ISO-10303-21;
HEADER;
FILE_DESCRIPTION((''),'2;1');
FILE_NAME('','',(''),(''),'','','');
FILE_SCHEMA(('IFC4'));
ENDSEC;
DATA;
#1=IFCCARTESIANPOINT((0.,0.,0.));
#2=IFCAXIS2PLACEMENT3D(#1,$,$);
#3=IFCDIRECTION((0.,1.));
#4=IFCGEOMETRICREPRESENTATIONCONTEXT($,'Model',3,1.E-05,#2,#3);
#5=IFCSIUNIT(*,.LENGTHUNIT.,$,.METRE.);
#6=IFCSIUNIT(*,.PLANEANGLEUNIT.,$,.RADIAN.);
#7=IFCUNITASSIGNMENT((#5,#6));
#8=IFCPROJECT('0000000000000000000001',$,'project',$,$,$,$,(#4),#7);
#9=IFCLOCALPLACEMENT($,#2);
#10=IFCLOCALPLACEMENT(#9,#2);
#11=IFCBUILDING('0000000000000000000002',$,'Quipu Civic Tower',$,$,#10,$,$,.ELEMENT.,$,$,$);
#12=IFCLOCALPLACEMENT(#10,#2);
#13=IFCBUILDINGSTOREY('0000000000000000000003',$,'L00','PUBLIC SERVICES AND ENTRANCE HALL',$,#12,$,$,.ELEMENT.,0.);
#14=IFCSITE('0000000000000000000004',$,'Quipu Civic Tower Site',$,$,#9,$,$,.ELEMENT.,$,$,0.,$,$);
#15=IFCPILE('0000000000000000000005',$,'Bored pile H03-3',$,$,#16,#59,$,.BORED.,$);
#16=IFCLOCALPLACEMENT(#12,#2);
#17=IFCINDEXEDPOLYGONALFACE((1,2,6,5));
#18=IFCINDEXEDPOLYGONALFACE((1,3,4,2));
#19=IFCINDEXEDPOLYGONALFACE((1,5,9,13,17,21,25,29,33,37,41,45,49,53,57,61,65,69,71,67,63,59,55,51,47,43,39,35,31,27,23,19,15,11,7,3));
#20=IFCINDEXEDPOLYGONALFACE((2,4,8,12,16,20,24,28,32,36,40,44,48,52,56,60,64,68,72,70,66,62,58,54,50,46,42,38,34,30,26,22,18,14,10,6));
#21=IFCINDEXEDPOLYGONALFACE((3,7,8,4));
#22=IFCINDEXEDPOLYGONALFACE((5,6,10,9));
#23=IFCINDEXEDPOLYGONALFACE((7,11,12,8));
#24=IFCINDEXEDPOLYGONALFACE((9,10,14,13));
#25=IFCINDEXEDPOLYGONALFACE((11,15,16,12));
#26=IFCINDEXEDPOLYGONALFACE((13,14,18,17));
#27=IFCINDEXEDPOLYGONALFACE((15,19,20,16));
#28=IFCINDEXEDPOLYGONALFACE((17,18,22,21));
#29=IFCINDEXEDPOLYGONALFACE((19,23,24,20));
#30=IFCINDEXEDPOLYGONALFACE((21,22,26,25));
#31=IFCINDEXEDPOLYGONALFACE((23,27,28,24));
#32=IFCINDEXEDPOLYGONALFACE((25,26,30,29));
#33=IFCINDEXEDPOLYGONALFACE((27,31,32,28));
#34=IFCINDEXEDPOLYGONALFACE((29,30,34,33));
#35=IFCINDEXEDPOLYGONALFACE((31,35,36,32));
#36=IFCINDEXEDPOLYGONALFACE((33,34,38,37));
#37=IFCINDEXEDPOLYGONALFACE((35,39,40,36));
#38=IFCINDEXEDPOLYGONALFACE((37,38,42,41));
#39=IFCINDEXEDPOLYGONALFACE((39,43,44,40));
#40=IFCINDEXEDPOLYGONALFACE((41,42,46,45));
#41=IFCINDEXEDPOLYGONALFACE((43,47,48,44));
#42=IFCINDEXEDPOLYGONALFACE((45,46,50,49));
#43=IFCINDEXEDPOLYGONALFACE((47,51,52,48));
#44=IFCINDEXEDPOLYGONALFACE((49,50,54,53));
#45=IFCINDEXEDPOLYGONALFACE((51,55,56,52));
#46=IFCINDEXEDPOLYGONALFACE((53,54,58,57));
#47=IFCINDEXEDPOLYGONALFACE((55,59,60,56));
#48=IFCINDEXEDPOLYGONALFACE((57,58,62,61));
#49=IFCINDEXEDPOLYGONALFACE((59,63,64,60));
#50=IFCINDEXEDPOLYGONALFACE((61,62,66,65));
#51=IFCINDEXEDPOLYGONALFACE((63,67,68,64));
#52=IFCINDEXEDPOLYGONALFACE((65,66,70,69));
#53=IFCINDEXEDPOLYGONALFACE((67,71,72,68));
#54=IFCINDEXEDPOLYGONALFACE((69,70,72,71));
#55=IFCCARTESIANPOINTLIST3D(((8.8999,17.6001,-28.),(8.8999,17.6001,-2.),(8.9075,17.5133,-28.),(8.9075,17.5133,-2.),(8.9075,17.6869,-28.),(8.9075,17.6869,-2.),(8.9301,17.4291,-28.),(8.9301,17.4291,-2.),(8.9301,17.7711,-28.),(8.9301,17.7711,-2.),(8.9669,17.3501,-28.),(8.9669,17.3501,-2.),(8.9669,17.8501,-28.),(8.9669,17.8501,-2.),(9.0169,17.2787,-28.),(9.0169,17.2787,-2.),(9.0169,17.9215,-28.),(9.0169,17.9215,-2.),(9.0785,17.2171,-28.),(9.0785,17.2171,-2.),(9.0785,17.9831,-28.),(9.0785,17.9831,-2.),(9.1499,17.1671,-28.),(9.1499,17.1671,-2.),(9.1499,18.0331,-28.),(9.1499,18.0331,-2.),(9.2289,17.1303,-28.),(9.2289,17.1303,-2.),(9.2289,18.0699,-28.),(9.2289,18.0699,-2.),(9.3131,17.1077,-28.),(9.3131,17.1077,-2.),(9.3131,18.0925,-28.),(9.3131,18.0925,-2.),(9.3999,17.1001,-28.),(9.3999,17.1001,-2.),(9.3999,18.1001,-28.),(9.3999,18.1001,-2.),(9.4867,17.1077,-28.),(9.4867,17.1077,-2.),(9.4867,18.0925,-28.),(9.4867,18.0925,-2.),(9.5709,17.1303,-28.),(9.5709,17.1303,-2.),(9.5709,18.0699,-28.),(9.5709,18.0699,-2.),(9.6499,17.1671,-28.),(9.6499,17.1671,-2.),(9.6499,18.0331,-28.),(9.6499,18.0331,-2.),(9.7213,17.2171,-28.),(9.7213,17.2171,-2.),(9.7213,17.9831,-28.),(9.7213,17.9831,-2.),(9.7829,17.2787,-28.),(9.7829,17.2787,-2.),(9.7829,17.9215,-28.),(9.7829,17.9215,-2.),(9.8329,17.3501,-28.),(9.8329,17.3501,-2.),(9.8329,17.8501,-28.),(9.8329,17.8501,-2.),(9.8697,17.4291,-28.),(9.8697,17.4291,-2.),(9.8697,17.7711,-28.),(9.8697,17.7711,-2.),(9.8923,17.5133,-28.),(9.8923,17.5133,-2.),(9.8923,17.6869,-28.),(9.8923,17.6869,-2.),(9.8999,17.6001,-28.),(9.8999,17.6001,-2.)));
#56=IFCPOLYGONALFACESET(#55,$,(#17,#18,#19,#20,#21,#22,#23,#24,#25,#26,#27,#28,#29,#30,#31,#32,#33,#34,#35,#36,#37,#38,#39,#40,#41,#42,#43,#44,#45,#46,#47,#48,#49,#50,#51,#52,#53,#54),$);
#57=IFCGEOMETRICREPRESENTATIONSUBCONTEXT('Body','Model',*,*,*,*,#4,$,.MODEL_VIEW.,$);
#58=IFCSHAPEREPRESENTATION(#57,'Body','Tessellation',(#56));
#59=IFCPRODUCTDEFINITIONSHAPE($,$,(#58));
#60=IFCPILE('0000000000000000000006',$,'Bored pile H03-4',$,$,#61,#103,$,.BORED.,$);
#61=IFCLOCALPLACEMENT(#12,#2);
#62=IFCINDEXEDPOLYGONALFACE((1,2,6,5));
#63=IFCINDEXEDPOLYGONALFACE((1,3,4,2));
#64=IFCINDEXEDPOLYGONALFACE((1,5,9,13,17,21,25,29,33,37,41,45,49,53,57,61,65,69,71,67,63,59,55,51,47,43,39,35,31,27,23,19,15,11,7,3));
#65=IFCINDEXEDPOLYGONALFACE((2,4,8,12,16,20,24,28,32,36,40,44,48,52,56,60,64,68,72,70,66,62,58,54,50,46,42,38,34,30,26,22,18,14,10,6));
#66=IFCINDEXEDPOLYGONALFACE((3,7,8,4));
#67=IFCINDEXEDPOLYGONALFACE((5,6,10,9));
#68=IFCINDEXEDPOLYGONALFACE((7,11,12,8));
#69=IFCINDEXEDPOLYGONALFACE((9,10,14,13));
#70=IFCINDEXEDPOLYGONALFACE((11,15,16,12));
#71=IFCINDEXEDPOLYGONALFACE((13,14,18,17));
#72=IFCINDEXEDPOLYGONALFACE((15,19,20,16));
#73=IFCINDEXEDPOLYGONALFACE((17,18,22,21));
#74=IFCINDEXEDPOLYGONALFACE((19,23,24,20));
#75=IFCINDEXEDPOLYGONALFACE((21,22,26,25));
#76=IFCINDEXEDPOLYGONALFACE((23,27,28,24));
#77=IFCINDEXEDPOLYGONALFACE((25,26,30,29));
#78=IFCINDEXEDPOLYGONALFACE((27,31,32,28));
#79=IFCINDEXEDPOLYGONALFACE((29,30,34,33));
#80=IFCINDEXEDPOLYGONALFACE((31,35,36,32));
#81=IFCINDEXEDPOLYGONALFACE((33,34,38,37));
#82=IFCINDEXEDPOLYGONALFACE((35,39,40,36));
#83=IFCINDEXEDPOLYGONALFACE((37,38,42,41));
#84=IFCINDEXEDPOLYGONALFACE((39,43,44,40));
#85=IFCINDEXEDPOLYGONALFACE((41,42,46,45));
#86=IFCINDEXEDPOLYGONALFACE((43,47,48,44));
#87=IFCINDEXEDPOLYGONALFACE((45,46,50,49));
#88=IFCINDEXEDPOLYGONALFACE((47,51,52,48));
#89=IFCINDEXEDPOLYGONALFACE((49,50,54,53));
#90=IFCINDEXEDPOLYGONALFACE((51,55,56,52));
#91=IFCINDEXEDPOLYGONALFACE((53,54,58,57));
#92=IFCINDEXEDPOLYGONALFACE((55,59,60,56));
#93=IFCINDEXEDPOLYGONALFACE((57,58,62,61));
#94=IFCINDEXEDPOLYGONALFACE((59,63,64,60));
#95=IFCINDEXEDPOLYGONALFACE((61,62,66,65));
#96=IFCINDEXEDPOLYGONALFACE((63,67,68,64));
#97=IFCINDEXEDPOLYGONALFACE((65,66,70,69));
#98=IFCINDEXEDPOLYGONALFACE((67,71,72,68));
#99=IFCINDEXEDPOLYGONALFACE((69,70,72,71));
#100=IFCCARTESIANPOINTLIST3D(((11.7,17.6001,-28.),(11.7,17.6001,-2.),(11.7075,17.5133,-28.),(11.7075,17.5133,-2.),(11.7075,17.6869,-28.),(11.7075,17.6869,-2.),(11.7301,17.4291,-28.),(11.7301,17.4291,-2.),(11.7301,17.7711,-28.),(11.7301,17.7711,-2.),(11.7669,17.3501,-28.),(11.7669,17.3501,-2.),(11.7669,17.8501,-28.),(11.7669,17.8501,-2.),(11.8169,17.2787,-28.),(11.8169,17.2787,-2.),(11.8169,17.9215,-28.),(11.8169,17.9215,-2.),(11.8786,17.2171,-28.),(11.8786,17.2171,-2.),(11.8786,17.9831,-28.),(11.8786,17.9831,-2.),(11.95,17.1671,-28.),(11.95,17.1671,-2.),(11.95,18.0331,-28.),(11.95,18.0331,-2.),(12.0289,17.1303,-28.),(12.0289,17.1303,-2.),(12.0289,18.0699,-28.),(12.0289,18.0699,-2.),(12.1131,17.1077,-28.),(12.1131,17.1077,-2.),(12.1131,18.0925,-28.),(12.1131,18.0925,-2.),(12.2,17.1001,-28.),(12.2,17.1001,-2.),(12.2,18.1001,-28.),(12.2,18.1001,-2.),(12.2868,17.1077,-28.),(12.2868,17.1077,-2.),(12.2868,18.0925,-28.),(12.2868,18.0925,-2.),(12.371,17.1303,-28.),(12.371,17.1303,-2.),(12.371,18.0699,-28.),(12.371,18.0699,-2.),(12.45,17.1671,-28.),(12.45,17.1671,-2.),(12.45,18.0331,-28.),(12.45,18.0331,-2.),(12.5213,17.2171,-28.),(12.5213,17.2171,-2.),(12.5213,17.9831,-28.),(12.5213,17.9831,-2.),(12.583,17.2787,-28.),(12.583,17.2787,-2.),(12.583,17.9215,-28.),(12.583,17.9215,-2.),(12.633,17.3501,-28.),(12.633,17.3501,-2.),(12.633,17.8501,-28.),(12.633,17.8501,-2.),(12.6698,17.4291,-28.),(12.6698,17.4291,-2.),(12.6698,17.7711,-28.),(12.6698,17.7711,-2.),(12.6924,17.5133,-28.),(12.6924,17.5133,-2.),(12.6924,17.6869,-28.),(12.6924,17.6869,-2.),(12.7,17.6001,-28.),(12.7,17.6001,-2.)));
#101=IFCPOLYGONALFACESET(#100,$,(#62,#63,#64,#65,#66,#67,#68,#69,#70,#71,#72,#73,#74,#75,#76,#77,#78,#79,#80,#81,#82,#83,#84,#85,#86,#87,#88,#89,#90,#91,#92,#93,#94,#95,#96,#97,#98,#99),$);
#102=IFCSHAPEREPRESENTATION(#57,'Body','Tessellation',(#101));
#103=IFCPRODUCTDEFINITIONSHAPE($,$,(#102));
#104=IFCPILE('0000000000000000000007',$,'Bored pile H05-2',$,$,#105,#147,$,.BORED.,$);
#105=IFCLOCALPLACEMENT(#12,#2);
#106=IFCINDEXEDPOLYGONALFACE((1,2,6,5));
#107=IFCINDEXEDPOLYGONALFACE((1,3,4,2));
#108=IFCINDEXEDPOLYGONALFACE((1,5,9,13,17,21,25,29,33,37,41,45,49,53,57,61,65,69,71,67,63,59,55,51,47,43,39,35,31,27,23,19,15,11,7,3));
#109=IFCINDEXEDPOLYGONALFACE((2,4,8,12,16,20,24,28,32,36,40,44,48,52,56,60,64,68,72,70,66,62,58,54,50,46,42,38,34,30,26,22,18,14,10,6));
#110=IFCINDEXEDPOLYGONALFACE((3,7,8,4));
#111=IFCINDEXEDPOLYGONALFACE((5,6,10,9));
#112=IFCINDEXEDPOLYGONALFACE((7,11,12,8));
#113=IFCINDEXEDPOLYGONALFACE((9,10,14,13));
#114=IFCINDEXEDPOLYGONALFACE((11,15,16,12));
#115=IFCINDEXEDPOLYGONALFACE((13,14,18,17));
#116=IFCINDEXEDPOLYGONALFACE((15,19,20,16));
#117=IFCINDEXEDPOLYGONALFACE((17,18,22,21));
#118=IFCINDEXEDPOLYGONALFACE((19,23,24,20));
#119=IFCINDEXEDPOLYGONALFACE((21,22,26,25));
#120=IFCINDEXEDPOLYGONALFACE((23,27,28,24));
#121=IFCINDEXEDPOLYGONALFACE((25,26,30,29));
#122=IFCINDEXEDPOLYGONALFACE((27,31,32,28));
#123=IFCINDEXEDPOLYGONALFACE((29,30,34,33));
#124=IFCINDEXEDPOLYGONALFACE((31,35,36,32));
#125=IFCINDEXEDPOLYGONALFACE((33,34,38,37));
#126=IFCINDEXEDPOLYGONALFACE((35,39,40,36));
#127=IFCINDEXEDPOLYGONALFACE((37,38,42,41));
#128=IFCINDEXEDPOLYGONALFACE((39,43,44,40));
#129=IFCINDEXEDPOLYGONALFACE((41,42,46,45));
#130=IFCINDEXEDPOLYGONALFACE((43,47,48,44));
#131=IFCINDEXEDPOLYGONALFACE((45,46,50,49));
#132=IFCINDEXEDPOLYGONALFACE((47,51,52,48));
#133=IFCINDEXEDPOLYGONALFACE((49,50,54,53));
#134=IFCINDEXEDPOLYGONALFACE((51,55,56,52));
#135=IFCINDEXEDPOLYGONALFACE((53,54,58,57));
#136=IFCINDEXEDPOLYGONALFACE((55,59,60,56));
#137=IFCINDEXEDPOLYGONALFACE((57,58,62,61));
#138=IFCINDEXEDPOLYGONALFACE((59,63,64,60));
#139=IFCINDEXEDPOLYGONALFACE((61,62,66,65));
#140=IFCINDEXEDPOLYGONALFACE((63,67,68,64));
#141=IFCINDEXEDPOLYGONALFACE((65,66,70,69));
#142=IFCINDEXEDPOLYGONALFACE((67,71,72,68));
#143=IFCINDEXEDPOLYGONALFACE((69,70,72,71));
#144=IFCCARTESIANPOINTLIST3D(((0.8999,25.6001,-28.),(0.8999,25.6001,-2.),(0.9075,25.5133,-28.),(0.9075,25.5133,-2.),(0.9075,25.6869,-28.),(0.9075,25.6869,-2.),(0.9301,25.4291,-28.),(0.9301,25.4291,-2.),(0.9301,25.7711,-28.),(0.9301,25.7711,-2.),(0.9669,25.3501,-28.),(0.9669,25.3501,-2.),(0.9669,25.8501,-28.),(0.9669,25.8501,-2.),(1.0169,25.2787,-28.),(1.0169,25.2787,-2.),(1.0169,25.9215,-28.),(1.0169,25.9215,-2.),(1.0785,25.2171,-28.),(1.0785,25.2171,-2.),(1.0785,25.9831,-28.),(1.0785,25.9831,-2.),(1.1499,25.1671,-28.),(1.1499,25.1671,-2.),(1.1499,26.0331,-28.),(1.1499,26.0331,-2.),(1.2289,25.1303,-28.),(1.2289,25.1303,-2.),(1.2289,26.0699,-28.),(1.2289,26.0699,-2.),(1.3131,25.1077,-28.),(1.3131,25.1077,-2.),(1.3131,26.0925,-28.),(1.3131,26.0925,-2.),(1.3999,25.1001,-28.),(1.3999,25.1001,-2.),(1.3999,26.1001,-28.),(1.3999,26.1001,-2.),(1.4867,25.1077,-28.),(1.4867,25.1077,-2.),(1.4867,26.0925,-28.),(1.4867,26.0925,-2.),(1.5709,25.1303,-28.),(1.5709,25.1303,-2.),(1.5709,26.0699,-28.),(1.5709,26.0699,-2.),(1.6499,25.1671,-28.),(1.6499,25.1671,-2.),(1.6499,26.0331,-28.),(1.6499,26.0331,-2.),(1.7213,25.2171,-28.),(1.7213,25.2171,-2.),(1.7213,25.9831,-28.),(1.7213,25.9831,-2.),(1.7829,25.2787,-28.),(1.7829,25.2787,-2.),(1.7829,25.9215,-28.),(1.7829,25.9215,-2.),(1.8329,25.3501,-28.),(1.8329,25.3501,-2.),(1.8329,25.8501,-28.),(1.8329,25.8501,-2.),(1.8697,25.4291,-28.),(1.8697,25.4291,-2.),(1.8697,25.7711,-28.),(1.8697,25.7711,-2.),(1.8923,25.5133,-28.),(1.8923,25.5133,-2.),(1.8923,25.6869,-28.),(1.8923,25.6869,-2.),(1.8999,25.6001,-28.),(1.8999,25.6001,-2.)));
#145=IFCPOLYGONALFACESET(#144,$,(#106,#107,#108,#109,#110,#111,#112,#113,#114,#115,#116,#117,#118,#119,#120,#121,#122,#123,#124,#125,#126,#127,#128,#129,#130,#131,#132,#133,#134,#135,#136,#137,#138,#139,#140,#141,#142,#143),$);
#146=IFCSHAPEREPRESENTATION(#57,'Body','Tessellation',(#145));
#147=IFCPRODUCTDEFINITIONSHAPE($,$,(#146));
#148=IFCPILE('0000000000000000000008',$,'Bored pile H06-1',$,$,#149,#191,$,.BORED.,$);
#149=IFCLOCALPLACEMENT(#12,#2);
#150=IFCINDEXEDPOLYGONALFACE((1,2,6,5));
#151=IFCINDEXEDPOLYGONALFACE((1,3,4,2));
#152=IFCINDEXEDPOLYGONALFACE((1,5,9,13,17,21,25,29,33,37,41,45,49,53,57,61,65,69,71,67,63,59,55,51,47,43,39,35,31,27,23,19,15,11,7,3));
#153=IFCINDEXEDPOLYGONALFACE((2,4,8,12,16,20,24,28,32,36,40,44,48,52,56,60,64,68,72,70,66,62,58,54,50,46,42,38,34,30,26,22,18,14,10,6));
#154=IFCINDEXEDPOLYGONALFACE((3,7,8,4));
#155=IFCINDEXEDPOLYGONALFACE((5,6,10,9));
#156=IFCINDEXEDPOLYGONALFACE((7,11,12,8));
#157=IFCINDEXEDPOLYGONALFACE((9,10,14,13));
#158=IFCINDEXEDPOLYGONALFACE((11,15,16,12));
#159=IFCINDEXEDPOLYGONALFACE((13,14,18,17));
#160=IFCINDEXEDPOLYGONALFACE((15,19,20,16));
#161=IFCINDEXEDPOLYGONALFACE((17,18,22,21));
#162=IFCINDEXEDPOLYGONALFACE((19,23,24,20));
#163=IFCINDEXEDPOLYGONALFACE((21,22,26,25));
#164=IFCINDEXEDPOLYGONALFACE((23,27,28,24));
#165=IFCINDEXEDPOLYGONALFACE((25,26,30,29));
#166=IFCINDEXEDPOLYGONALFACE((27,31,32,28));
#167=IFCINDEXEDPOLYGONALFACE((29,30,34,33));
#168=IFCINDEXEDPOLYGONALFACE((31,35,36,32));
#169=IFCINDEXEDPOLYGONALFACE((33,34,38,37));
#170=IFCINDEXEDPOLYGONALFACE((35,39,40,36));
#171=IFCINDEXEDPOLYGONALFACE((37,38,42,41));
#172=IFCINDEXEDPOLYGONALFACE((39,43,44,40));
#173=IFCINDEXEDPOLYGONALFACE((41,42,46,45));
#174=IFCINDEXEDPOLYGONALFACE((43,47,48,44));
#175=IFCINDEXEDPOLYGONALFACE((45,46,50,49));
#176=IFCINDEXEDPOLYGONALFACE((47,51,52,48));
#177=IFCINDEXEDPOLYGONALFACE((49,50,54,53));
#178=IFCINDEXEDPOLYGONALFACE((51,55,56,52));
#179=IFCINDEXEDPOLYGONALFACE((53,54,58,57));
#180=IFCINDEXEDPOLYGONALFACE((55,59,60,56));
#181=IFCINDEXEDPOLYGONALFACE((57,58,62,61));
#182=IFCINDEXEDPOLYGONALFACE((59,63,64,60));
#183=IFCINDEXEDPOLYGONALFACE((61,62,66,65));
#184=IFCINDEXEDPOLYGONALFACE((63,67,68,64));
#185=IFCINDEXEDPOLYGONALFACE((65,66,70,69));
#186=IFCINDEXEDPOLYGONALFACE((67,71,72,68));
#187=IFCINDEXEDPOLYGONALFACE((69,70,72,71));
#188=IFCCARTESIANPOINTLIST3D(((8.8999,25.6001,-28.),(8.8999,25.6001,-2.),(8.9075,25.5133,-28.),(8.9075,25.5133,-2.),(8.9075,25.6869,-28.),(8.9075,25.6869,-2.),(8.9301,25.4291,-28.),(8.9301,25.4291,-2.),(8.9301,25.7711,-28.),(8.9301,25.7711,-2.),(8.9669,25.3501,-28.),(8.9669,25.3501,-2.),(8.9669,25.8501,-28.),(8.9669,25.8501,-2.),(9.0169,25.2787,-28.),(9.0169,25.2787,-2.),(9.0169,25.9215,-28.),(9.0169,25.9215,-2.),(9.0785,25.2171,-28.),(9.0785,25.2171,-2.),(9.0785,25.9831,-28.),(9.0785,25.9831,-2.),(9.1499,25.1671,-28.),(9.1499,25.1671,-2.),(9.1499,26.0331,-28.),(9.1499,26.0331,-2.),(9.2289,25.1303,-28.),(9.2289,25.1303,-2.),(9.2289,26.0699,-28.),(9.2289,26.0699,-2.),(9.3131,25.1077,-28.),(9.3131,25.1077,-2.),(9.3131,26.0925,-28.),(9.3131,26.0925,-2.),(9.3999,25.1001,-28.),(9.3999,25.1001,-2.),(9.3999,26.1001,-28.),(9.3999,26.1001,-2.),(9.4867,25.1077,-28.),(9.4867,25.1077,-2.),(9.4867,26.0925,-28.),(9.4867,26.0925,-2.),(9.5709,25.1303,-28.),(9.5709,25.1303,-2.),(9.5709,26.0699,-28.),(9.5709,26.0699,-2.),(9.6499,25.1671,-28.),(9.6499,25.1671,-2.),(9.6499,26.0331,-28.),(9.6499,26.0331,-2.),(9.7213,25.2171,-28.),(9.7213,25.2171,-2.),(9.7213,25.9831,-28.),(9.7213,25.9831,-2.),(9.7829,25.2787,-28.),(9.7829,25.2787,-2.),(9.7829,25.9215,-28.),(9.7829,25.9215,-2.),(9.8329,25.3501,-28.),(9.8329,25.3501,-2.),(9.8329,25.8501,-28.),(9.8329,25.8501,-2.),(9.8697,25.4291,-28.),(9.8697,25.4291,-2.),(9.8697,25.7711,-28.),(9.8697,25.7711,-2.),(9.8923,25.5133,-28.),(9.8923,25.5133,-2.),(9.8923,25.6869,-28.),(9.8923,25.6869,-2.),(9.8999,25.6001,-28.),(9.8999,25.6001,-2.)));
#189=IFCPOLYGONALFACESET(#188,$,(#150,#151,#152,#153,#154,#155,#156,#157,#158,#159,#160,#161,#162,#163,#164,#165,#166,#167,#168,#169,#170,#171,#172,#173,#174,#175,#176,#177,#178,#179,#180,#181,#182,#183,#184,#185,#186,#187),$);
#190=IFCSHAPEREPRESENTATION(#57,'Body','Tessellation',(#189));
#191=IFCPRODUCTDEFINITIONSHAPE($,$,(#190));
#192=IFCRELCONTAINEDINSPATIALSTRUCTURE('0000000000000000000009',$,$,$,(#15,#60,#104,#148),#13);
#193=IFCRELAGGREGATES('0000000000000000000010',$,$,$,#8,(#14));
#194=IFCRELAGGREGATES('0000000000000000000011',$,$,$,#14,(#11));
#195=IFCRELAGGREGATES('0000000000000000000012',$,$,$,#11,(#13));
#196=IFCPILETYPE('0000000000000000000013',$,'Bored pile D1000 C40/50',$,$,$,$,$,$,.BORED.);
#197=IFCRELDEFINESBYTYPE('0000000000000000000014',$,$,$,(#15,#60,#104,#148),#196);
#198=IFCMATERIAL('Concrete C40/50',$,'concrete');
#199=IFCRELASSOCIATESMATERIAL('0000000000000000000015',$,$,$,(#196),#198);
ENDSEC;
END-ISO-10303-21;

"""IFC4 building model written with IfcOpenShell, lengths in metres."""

from ifc_helpers import new_model, si_unit, direction, frame, origin, origin_2d, place, context, subcontext, project, spatial, circle, extrude, material, material_profile, profile_set, type_object, element, save


model = new_model("IFC4")

# Units and contexts
model_context = context("Model", 3, precision=1e-05, world=origin(), true_north=direction((0.0, 1.0)))
body_context = subcontext(model_context, "Body", "Model", "MODEL_VIEW")
ifc_project = project(units=[si_unit("LENGTHUNIT", "METRE"), si_unit("PLANEANGLEUNIT", "RADIAN")], contexts=[model_context])

# Site, building, storey
site_placement = place(None, origin())
site = spatial("IfcSite", under=ifc_project, at=site_placement, Name="Quipu Civic Tower Site", CompositionType="ELEMENT", RefElevation=0.0)
building_placement = place(site_placement, origin())
building = spatial("IfcBuilding", under=site, at=building_placement, Name="Quipu Civic Tower", CompositionType="ELEMENT")
storey_placement = place(building_placement, origin())
storey = spatial("IfcBuildingStorey", under=building, at=storey_placement, Name="L00", Description="PUBLIC SERVICES AND ENTRANCE HALL", CompositionType="ELEMENT", Elevation=0.0)

# Piles
ifc_material_1 = material(Name="Concrete C40/50", Category="concrete")
ifc_material_profile_1 = material_profile(ifc_material_1, circle(Radius=0.5, at=origin_2d()), Name="RCD1000")
ifc_profile_set_1 = profile_set([ifc_material_profile_1], Name="Concrete C40/50")
pile_type_1 = type_object("IfcPileType", Name="Bored pile D1000 C40/50", PredefinedType="BORED", material=ifc_profile_set_1)
for number, where, z_axis, x_axis, name in (
    (1, (9.3999, 17.6001, -2.0), (0.0, 0.0, -1.0), (1.0, 0.0, 0.0), "Bored pile H03-3"),
    (2, (12.2, 17.6001, -2.0), (0.0, 0.0, -1.0), (1.0, 0.0, 0.0), "Bored pile H03-4"),
    (3, (1.3999, 25.6001, -2.0), (0.0, 0.0, -1.0), (1.0, 0.0, 0.0), "Bored pile H05-2"),
    (4, (9.3999, 25.6001, -2.0), (0.0, 0.0, -1.0), (1.0, 0.0, 0.0), "Bored pile H06-1"),
):
    element("IfcPile", number, at=place(storey_placement, frame(where, z_axis=z_axis, x_axis=x_axis)), inside=storey, type_object=pile_type_1, Name=name, PredefinedType="BORED", context=body_context, shape_type="SweptSolid", body=[
        extrude(circle(Radius=0.5, at=origin_2d()), origin(), (0.0, 0.0, 1.0), 26.0),
    ])

save(model, "model.ifc")
